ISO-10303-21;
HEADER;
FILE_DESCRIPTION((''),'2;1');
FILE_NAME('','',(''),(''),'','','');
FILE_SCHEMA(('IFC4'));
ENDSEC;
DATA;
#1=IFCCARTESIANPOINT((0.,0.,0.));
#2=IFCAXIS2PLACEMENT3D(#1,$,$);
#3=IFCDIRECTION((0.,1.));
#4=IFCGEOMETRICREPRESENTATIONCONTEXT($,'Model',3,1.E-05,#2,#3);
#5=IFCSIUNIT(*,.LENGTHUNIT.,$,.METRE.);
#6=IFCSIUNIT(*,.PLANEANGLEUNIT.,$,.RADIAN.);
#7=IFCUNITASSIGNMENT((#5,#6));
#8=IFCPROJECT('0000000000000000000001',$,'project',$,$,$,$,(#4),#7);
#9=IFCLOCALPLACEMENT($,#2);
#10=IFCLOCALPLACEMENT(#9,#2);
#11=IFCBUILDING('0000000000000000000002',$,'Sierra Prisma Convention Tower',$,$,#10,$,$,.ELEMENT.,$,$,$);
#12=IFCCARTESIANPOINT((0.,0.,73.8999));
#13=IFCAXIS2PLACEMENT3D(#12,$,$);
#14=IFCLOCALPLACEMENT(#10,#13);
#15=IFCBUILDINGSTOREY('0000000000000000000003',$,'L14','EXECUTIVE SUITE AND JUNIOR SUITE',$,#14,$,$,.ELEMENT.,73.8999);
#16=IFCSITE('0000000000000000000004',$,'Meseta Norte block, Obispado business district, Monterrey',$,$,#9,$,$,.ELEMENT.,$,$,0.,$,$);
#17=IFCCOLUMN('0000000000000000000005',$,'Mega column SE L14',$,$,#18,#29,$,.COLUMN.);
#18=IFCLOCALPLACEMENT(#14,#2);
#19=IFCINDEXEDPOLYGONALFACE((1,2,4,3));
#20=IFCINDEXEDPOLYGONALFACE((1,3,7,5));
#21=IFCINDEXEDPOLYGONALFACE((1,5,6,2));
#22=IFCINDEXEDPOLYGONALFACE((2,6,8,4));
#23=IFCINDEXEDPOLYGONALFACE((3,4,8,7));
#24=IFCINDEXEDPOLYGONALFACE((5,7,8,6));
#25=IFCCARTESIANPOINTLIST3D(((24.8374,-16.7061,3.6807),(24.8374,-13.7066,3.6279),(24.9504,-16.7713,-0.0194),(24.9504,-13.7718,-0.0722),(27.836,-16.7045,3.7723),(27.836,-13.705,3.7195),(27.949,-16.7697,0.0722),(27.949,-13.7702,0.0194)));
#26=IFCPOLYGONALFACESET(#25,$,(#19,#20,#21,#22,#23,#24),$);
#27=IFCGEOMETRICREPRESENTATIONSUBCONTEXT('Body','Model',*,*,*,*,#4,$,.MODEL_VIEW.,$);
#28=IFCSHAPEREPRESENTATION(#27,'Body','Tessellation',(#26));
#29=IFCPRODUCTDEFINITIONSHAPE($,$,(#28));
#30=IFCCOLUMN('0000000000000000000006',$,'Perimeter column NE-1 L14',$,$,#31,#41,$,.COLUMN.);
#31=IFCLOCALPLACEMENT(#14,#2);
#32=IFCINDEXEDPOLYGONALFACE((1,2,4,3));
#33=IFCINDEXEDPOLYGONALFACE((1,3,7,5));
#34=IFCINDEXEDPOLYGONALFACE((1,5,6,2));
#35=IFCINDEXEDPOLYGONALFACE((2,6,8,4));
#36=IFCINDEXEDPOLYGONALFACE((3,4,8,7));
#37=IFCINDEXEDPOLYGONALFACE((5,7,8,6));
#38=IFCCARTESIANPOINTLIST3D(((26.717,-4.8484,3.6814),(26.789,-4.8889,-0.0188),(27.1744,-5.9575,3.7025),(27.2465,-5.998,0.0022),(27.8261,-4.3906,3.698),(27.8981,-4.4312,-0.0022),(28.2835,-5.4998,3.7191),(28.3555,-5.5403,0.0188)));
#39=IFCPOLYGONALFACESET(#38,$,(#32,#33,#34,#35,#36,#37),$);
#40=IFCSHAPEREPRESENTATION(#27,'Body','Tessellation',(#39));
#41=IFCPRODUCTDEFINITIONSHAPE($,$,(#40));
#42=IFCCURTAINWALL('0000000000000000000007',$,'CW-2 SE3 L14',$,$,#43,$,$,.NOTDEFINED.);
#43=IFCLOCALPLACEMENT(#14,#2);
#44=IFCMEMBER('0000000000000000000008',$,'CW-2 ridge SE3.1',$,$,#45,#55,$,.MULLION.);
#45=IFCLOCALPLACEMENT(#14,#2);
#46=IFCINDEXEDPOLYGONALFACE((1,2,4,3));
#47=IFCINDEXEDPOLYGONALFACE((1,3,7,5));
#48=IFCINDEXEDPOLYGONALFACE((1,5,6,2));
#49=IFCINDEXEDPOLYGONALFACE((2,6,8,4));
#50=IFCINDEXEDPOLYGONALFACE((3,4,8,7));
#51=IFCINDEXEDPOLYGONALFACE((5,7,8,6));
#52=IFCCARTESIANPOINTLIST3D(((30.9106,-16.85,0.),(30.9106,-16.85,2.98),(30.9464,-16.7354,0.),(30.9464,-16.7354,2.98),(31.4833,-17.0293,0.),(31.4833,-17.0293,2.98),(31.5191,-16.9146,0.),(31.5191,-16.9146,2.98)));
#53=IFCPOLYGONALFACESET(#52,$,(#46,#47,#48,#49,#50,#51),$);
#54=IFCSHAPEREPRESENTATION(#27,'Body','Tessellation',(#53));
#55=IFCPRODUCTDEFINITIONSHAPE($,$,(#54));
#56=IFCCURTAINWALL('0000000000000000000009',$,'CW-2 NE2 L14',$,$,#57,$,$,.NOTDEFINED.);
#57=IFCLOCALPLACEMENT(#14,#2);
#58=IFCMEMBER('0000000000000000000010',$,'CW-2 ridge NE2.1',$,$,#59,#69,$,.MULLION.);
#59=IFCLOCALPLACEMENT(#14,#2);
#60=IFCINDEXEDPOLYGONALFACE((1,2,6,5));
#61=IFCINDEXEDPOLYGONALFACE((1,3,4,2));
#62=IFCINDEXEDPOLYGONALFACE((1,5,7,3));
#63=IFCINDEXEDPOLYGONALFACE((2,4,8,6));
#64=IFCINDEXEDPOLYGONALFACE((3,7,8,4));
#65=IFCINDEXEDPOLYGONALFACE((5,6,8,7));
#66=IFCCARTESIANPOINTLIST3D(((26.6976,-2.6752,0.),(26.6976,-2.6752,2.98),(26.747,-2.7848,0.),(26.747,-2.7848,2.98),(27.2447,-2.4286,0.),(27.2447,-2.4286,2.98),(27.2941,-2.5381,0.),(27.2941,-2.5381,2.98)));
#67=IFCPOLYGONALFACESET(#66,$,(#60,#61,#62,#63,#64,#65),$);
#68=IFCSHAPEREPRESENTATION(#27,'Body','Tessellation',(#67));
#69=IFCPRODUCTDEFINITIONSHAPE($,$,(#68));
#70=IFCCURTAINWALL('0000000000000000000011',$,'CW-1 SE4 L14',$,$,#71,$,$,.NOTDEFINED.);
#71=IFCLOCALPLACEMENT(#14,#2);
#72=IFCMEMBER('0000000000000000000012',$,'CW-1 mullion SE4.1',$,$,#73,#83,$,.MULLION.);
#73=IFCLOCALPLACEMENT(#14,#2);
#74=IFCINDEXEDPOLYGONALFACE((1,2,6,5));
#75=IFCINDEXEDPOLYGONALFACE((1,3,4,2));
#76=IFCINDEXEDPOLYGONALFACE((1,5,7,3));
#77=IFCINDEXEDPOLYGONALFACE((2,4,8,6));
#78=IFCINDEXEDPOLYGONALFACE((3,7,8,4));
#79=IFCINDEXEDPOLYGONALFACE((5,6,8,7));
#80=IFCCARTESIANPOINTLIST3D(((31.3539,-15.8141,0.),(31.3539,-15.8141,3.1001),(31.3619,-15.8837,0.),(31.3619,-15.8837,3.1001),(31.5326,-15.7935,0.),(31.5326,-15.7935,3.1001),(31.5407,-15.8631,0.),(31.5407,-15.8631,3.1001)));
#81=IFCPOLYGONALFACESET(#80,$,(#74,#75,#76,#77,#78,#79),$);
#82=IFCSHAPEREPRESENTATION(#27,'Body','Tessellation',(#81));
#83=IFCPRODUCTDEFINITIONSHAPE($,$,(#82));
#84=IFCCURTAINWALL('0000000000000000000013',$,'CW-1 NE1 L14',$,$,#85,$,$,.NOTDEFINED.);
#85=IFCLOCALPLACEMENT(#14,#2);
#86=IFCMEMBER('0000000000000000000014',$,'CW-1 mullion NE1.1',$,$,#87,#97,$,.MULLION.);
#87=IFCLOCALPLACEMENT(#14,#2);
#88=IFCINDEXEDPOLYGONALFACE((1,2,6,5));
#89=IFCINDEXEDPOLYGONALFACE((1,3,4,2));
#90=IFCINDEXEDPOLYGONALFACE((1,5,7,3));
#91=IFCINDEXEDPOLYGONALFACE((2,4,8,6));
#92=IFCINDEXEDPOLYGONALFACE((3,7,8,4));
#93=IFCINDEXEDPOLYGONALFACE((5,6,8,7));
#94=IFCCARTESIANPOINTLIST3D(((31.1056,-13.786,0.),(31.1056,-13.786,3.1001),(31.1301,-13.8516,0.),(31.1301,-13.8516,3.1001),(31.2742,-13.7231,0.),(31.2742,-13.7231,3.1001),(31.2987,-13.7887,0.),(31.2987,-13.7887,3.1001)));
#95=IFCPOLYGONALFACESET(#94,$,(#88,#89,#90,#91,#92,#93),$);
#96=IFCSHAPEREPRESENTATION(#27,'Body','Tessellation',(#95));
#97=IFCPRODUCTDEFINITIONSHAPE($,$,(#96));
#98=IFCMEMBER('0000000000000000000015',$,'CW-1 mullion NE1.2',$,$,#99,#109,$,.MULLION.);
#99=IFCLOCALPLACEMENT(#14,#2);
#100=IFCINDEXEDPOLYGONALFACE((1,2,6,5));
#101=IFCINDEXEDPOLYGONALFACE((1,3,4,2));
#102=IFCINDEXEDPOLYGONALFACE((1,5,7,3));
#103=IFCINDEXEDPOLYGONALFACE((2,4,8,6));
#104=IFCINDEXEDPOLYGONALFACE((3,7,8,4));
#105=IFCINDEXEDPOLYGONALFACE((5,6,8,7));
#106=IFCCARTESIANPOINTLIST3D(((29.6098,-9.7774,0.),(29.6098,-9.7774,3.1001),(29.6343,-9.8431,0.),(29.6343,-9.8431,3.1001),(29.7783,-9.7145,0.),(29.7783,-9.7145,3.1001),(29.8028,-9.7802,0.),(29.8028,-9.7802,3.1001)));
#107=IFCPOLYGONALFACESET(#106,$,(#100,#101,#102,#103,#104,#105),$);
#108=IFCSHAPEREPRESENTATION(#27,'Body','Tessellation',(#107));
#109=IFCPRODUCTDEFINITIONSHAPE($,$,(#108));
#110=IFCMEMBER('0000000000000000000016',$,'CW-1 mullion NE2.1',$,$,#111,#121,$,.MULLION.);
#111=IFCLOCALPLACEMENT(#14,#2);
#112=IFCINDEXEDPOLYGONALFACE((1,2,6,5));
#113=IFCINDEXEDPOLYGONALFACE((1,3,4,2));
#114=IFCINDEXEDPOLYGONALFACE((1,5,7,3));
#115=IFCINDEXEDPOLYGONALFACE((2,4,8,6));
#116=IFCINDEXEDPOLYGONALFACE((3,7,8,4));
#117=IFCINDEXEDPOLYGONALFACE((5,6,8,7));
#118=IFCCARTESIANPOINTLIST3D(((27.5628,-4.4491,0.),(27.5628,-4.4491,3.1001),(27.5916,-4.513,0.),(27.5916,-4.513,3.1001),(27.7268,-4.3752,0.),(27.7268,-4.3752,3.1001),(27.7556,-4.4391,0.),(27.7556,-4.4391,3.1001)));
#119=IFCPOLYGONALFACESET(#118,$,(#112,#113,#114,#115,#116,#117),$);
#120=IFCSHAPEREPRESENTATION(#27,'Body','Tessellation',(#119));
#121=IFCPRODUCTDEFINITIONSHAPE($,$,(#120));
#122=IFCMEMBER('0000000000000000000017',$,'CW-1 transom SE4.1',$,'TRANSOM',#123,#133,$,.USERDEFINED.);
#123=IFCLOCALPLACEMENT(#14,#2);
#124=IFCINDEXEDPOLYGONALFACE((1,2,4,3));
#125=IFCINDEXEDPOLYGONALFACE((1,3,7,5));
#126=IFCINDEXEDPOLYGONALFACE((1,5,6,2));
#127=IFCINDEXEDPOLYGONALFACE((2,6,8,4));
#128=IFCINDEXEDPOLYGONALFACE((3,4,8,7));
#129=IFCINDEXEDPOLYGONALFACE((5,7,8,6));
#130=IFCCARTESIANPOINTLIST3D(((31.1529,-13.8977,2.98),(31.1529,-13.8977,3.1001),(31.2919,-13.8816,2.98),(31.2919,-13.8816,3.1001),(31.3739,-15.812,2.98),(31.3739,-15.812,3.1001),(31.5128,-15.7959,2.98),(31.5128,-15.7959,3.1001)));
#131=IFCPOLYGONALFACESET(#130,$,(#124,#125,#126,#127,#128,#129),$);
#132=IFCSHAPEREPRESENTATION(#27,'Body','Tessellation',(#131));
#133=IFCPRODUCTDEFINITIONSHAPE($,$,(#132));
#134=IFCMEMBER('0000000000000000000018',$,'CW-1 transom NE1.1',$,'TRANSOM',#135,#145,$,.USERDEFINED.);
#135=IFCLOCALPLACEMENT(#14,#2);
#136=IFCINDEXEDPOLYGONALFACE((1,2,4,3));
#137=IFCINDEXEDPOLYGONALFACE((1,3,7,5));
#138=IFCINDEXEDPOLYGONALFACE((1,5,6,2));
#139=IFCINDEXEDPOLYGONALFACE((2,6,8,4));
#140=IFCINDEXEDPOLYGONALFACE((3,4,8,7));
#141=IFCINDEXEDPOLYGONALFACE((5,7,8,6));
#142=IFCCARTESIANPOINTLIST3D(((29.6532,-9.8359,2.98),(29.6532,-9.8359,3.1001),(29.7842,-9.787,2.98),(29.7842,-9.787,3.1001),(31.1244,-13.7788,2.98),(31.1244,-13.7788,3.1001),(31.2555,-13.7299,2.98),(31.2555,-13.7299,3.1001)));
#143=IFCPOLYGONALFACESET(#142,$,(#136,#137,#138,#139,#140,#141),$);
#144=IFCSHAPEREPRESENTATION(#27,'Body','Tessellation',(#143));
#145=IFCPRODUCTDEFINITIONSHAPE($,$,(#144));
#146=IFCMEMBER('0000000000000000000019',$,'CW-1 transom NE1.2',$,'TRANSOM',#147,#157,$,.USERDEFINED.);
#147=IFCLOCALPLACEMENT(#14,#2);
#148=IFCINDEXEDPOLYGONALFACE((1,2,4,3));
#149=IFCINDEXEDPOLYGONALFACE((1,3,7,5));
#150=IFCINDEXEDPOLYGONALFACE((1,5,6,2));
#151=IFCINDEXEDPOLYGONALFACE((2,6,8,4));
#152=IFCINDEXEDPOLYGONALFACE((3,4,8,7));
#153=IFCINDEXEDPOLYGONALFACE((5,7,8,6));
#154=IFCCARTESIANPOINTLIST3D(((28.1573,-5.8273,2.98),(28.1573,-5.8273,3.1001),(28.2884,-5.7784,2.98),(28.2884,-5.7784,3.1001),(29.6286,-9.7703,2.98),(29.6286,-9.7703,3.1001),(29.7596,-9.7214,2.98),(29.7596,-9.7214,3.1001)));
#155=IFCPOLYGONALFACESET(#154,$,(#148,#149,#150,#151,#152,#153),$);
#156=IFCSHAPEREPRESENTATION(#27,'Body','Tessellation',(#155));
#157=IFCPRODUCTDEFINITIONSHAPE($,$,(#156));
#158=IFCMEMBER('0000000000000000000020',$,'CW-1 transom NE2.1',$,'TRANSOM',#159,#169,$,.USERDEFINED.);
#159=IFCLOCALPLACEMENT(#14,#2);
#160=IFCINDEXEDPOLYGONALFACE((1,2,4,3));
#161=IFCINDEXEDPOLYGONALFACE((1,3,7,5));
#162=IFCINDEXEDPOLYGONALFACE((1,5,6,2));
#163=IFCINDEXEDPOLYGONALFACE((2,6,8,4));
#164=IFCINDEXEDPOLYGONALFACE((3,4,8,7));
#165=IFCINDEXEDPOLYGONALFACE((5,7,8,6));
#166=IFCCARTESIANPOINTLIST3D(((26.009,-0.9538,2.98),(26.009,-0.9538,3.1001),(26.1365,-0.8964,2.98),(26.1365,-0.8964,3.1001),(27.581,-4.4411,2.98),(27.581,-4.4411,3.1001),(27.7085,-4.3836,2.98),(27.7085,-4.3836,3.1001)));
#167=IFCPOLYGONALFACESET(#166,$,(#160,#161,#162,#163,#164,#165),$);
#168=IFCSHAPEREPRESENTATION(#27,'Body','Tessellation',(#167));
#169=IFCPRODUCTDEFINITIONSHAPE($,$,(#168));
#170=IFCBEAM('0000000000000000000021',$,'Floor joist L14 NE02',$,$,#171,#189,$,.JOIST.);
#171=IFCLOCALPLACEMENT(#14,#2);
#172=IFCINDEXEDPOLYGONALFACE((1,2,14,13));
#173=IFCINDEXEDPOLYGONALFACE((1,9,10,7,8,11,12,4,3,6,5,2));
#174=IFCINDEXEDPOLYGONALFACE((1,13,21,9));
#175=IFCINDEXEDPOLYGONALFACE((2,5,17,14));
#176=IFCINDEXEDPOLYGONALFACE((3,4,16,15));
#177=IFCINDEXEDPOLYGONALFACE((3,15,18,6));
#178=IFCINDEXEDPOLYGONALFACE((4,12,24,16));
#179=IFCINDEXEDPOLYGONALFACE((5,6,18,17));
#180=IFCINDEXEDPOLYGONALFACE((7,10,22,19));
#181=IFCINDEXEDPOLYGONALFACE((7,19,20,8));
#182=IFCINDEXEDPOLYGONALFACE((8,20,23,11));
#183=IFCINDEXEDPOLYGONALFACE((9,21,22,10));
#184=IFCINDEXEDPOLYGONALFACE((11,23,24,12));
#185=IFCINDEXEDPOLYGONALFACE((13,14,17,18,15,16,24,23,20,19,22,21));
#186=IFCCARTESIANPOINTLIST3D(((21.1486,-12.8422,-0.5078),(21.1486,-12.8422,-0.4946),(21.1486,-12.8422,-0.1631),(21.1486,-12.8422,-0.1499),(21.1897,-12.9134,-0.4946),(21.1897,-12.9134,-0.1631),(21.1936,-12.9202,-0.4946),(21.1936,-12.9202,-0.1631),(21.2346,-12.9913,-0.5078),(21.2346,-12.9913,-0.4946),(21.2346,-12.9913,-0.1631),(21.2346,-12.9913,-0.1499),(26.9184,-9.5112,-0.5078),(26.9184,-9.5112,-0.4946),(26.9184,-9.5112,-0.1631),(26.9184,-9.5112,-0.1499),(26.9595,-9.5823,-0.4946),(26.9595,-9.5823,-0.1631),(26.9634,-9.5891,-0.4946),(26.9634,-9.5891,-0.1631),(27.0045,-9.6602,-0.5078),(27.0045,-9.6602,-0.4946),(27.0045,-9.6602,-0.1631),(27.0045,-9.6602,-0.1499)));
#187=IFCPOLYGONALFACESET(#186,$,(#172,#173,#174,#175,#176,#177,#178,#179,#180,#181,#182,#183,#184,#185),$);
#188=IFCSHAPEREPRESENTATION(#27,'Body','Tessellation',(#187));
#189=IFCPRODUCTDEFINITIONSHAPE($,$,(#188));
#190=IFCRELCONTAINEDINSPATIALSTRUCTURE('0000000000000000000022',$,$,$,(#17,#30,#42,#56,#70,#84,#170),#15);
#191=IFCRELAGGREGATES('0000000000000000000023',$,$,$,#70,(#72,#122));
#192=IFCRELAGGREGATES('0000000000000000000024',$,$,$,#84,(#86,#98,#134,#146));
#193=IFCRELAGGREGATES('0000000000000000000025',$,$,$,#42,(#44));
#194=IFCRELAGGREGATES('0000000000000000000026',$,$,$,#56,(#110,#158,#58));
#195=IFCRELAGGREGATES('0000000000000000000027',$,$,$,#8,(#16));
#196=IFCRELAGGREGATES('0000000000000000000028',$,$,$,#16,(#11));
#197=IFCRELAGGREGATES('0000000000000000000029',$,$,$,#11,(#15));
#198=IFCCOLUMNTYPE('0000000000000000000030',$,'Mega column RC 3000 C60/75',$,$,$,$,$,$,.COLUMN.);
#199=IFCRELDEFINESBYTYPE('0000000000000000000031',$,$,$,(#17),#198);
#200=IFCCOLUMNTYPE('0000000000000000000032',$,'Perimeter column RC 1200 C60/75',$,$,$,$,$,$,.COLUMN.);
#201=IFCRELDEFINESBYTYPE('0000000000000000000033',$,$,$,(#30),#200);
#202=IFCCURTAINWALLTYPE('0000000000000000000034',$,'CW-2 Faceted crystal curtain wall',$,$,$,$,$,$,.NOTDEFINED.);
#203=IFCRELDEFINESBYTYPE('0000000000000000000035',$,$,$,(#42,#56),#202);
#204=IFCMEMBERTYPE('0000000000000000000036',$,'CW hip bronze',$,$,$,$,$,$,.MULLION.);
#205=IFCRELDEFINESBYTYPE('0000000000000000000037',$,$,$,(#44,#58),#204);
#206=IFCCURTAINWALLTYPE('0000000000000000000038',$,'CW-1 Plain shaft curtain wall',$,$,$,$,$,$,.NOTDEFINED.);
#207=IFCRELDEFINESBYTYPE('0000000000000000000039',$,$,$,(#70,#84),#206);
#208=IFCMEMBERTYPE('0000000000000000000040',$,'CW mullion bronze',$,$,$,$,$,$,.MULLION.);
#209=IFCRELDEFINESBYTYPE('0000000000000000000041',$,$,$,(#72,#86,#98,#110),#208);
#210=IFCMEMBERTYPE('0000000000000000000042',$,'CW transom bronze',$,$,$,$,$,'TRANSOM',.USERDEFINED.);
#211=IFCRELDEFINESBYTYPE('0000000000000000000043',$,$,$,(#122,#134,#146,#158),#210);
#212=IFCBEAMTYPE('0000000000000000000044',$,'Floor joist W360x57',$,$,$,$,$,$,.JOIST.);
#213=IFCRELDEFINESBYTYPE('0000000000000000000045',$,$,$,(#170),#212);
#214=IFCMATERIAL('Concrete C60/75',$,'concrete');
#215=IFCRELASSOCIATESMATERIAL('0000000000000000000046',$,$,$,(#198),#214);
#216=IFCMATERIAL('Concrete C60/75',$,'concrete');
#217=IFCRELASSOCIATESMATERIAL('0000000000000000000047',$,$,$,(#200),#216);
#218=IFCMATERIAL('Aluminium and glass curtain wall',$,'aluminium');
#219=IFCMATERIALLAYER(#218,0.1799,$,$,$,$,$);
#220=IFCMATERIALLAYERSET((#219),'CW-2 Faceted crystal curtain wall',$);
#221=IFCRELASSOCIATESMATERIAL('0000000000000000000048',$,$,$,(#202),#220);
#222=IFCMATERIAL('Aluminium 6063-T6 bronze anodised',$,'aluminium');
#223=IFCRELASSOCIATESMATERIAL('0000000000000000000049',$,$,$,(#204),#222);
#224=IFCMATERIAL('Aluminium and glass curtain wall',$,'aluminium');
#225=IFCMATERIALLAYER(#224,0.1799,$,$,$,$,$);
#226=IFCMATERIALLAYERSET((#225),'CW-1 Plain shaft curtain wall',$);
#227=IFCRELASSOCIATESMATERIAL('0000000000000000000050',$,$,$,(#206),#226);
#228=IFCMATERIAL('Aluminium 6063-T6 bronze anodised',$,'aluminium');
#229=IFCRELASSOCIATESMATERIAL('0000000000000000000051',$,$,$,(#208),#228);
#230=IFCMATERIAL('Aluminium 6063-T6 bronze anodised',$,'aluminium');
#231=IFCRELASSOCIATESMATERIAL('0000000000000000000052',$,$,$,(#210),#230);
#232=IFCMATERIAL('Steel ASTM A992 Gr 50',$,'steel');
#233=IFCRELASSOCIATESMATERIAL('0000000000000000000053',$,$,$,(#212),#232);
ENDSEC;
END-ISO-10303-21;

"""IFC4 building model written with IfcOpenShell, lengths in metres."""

from ifc_helpers import new_model, si_unit, direction, frame, origin, origin_2d, place, context, subcontext, project, spatial, rectangle, i_section, extrude, material, layer, layer_set, material_profile, profile_set, type_object, element, aggregate, save


model = new_model("IFC4")

# Units and contexts
model_context = context("Model", 3, precision=1e-05, world=origin(), true_north=direction((0.0, 1.0)))
body_context = subcontext(model_context, "Body", "Model", "MODEL_VIEW")
ifc_project = project(units=[si_unit("LENGTHUNIT", "METRE"), si_unit("PLANEANGLEUNIT", "RADIAN")], contexts=[model_context])

# Site, building, storey
site_placement = place(None, origin())
site = spatial("IfcSite", under=ifc_project, at=site_placement, Name="Meseta Norte block, Obispado business district, Monterrey", CompositionType="ELEMENT", RefElevation=0.0)
building_placement = place(site_placement, origin())
building = spatial("IfcBuilding", under=site, at=building_placement, Name="Sierra Prisma Convention Tower", CompositionType="ELEMENT")
storey_placement = place(building_placement, frame((0.0, 0.0, 73.8999)))
storey = spatial("IfcBuildingStorey", under=building, at=storey_placement, Name="L14", Description="EXECUTIVE SUITE AND JUNIOR SUITE", CompositionType="ELEMENT", Elevation=73.8999)

# Columns
ifc_material_1 = material(Name="Concrete C60/75", Category="concrete")
ifc_material_profile_1 = material_profile(ifc_material_1, rectangle(XDim=3.0, YDim=3.0, at=origin_2d()), Name="Mega column RC 3000 C60/75")
ifc_profile_set_1 = profile_set([ifc_material_profile_1], Name="Concrete C60/75")
column_type_1 = type_object("IfcColumnType", Name="Mega column RC 3000 C60/75", PredefinedType="COLUMN", material=ifc_profile_set_1)
column_1_placement = place(storey_placement, frame((26.4497, -15.2708, 0.0), z_axis=(-0.03053, 0.017606, 0.999379), x_axis=(0.999534, 0.000538, 0.030525)))
element("IfcColumn", 1, at=column_1_placement, inside=storey, type_object=column_type_1, Name="Mega column SE L14", PredefinedType="COLUMN", context=body_context, shape_type="SweptSolid", body=[
    extrude(rectangle(XDim=3.0, YDim=3.0, at=origin_2d()), origin(), (0.0, 0.0, 1.0), 3.7024),
])
ifc_material_2 = material(Name="Concrete C60/75", Category="concrete")
ifc_material_profile_2 = material_profile(ifc_material_2, rectangle(XDim=1.2, YDim=1.2, at=origin_2d()), Name="Perimeter column RC 1200 C60/75")
ifc_profile_set_2 = profile_set([ifc_material_profile_2], Name="Concrete C60/75")
column_type_2 = type_object("IfcColumnType", Name="Perimeter column RC 1200 C60/75", PredefinedType="COLUMN", material=ifc_profile_set_2)
column_2_placement = place(storey_placement, frame((27.5723, -5.2146, 0.0), z_axis=(-0.019459, 0.01095, 0.999751), x_axis=(-0.381231, 0.924314, -0.017544)))
element("IfcColumn", 2, at=column_2_placement, inside=storey, type_object=column_type_2, Name="Perimeter column NE-1 L14", PredefinedType="COLUMN", context=body_context, shape_type="SweptSolid", body=[
    extrude(rectangle(XDim=1.2, YDim=1.2, at=origin_2d()), origin(), (0.0, 0.0, 1.0), 3.7012),
])

# Curtain walls, members
ifc_material_3 = material(Name="Aluminium and glass curtain wall", Category="aluminium")
ifc_layer_1 = layer(ifc_material_3, 0.1799)
ifc_layer_set_1 = layer_set([ifc_layer_1], Name="CW-2 Faceted crystal curtain wall")
curtain_wall_type_1 = type_object("IfcCurtainWallType", Name="CW-2 Faceted crystal curtain wall", PredefinedType="NOTDEFINED", material=ifc_layer_set_1)
curtain_wall_1_placement = place(storey_placement, origin())
curtain_wall_1 = element("IfcCurtainWall", 3, at=curtain_wall_1_placement, inside=storey, type_object=curtain_wall_type_1, Name="CW-2 SE3 L14", PredefinedType="NOTDEFINED")
ifc_material_4 = material(Name="Aluminium 6063-T6 bronze anodised", Category="aluminium")
ifc_material_profile_3 = material_profile(ifc_material_4, rectangle(XDim=0.1201, YDim=0.6001, at=origin_2d()), Name="ALU RIDGE BLADE 120x600")
ifc_profile_set_3 = profile_set([ifc_material_profile_3], Name="Aluminium 6063-T6 bronze anodised")
member_type_1 = type_object("IfcMemberType", Name="CW hip bronze", PredefinedType="MULLION", material=ifc_profile_set_3)
member_1_placement = place(storey_placement, frame((31.2148, -16.8823, 0.0), z_axis=(0.0, 0.0, 1.0), x_axis=(0.298732, 0.954337, 0.0)))
member_1 = element("IfcMember", 4, at=member_1_placement, type_object=member_type_1, Name="CW-2 ridge SE3.1", PredefinedType="MULLION", context=body_context, shape_type="SweptSolid", body=[
    extrude(rectangle(XDim=0.1201, YDim=0.6001, at=origin_2d()), origin(), (0.0, 0.0, 1.0), 2.98),
])
curtain_wall_2_placement = place(storey_placement, origin())
curtain_wall_2 = element("IfcCurtainWall", 5, at=curtain_wall_2_placement, inside=storey, type_object=curtain_wall_type_1, Name="CW-2 NE2 L14", PredefinedType="NOTDEFINED")
member_2_placement = place(storey_placement, frame((26.9958, -2.6067, 0.0), z_axis=(0.0, 0.0, 1.0), x_axis=(-0.410965, 0.911651, 0.0)))
member_2 = element("IfcMember", 6, at=member_2_placement, type_object=member_type_1, Name="CW-2 ridge NE2.1", PredefinedType="MULLION", context=body_context, shape_type="SweptSolid", body=[
    extrude(rectangle(XDim=0.1201, YDim=0.6001, at=origin_2d()), origin(), (0.0, 0.0, 1.0), 2.98),
])
ifc_material_5 = material(Name="Aluminium and glass curtain wall", Category="aluminium")
ifc_layer_2 = layer(ifc_material_5, 0.1799)
ifc_layer_set_2 = layer_set([ifc_layer_2], Name="CW-1 Plain shaft curtain wall")
curtain_wall_type_2 = type_object("IfcCurtainWallType", Name="CW-1 Plain shaft curtain wall", PredefinedType="NOTDEFINED", material=ifc_layer_set_2)
curtain_wall_3_placement = place(storey_placement, origin())
curtain_wall_3 = element("IfcCurtainWall", 7, at=curtain_wall_3_placement, inside=storey, type_object=curtain_wall_type_2, Name="CW-1 SE4 L14", PredefinedType="NOTDEFINED")
ifc_material_6 = material(Name="Aluminium 6063-T6 bronze anodised", Category="aluminium")
ifc_material_profile_4 = material_profile(ifc_material_6, rectangle(XDim=0.1799, YDim=0.0701, at=origin_2d()), Name="ALU MULLION 70x180")
ifc_profile_set_4 = profile_set([ifc_material_profile_4], Name="Aluminium 6063-T6 bronze anodised")
member_type_2 = type_object("IfcMemberType", Name="CW mullion bronze", PredefinedType="MULLION", material=ifc_profile_set_4)
member_3_placement = place(storey_placement, frame((31.4473, -15.8386, 0.0), z_axis=(0.0, 0.0, 1.0), x_axis=(-0.993412, -0.114595, 0.0)))
member_3 = element("IfcMember", 8, at=member_3_placement, type_object=member_type_2, Name="CW-1 mullion SE4.1", PredefinedType="MULLION", context=body_context, shape_type="SweptSolid", body=[
    extrude(rectangle(XDim=0.1799, YDim=0.0701, at=origin_2d()), origin(), (0.0, 0.0, 1.0), 3.1001),
])

# Curtain wall, members
curtain_wall_4_placement = place(storey_placement, origin())
curtain_wall_4 = element("IfcCurtainWall", 9, at=curtain_wall_4_placement, inside=storey, type_object=curtain_wall_type_2, Name="CW-1 NE1 L14", PredefinedType="NOTDEFINED")
member_4_placement = place(storey_placement, frame((31.2021, -13.7874, 0.0), z_axis=(0.0, 0.0, 1.0), x_axis=(-0.936901, -0.349596, 0.0)))
member_4 = element("IfcMember", 10, at=member_4_placement, type_object=member_type_2, Name="CW-1 mullion NE1.1", PredefinedType="MULLION", context=body_context, shape_type="SweptSolid", body=[
    extrude(rectangle(XDim=0.1799, YDim=0.0701, at=origin_2d()), origin(), (0.0, 0.0, 1.0), 3.1001),
])
member_5_placement = place(storey_placement, frame((29.7063, -9.7788, 0.0), z_axis=(0.0, 0.0, 1.0), x_axis=(-0.936901, -0.349596, 0.0)))
member_5 = element("IfcMember", 11, at=member_5_placement, type_object=member_type_2, Name="CW-1 mullion NE1.2", PredefinedType="MULLION", context=body_context, shape_type="SweptSolid", body=[
    extrude(rectangle(XDim=0.1799, YDim=0.0701, at=origin_2d()), origin(), (0.0, 0.0, 1.0), 3.1001),
])

# Members
member_6_placement = place(storey_placement, frame((27.6592, -4.4441, 0.0), z_axis=(0.0, 0.0, 1.0), x_axis=(-0.911651, -0.410965, 0.0)))
member_6 = element("IfcMember", 12, at=member_6_placement, type_object=member_type_2, Name="CW-1 mullion NE2.1", PredefinedType="MULLION", context=body_context, shape_type="SweptSolid", body=[
    extrude(rectangle(XDim=0.1799, YDim=0.0701, at=origin_2d()), origin(), (0.0, 0.0, 1.0), 3.1001),
])
ifc_material_7 = material(Name="Aluminium 6063-T6 bronze anodised", Category="aluminium")
ifc_material_profile_5 = material_profile(ifc_material_7, rectangle(XDim=0.1399, YDim=0.1201, at=origin_2d()), Name="ALU TRANSOM 120x140")
ifc_profile_set_5 = profile_set([ifc_material_profile_5], Name="Aluminium 6063-T6 bronze anodised")
member_type_3 = type_object("IfcMemberType", Name="CW transom bronze", ElementType="TRANSOM", PredefinedType="USERDEFINED", material=ifc_profile_set_5)
member_7_placement = place(storey_placement, frame((31.4434, -15.804, 3.04), z_axis=(-0.114658, 0.993405, 0.0), x_axis=(-0.993405, -0.114658, 0.0)))
member_7 = element("IfcMember", 13, at=member_7_placement, type_object=member_type_3, Name="CW-1 transom SE4.1", ObjectType="TRANSOM", PredefinedType="USERDEFINED", context=body_context, shape_type="SweptSolid", body=[
    extrude(rectangle(XDim=0.1399, YDim=0.1201, at=origin_2d()), origin(), (0.0, 0.0, 1.0), 1.927),
])
member_8_placement = place(storey_placement, frame((31.1899, -13.7544, 3.04), z_axis=(-0.349584, 0.936905, 0.0), x_axis=(-0.936905, -0.349584, 0.0)))
member_8 = element("IfcMember", 14, at=member_8_placement, type_object=member_type_3, Name="CW-1 transom NE1.1", ObjectType="TRANSOM", PredefinedType="USERDEFINED", context=body_context, shape_type="SweptSolid", body=[
    extrude(rectangle(XDim=0.1399, YDim=0.1201, at=origin_2d()), origin(), (0.0, 0.0, 1.0), 4.2085),
])
member_9_placement = place(storey_placement, frame((29.6941, -9.7458, 3.04), z_axis=(-0.349584, 0.936905, 0.0), x_axis=(-0.936905, -0.349584, 0.0)))
member_9 = element("IfcMember", 15, at=member_9_placement, type_object=member_type_3, Name="CW-1 transom NE1.2", ObjectType="TRANSOM", PredefinedType="USERDEFINED", context=body_context, shape_type="SweptSolid", body=[
    extrude(rectangle(XDim=0.1399, YDim=0.1201, at=origin_2d()), origin(), (0.0, 0.0, 1.0), 4.2085),
])
member_10_placement = place(storey_placement, frame((27.6448, -4.4124, 3.04), z_axis=(-0.410959, 0.911654, 0.0), x_axis=(-0.911654, -0.410959, 0.0)))
member_10 = element("IfcMember", 16, at=member_10_placement, type_object=member_type_3, Name="CW-1 transom NE2.1", ObjectType="TRANSOM", PredefinedType="USERDEFINED", context=body_context, shape_type="SweptSolid", body=[
    extrude(rectangle(XDim=0.1399, YDim=0.1201, at=origin_2d()), origin(), (0.0, 0.0, 1.0), 3.8252),
])

# Beam
ifc_material_8 = material(Name="Steel ASTM A992 Gr 50", Category="steel")
ifc_material_profile_6 = material_profile(ifc_material_8, i_section(OverallWidth=0.1721, OverallDepth=0.3579, WebThickness=0.0078, FlangeThickness=0.0132, at=origin_2d()), Name="W360x57")
ifc_profile_set_6 = profile_set([ifc_material_profile_6], Name="Steel ASTM A992 Gr 50")
beam_type_1 = type_object("IfcBeamType", Name="Floor joist W360x57", PredefinedType="JOIST", material=ifc_profile_set_6)
beam_1_placement = place(storey_placement, frame((26.9614, -9.5857, -0.3289), z_axis=(-0.866034, -0.499986, 0.0), x_axis=(0.499986, -0.866034, 0.0)))
element("IfcBeam", 17, at=beam_1_placement, inside=storey, type_object=beam_type_1, Name="Floor joist L14 NE02", PredefinedType="JOIST", context=body_context, shape_type="SweptSolid", body=[
    extrude(i_section(OverallWidth=0.1721, OverallDepth=0.3579, WebThickness=0.0078, FlangeThickness=0.0132, at=origin_2d()), origin(), (0.0, 0.0, 1.0), 6.6624),
])

aggregate(curtain_wall_3, [member_3, member_7])
aggregate(curtain_wall_4, [member_4, member_5, member_8, member_9])
aggregate(curtain_wall_1, [member_1])
aggregate(curtain_wall_2, [member_6, member_10, member_2])

save(model, "model.ifc")
